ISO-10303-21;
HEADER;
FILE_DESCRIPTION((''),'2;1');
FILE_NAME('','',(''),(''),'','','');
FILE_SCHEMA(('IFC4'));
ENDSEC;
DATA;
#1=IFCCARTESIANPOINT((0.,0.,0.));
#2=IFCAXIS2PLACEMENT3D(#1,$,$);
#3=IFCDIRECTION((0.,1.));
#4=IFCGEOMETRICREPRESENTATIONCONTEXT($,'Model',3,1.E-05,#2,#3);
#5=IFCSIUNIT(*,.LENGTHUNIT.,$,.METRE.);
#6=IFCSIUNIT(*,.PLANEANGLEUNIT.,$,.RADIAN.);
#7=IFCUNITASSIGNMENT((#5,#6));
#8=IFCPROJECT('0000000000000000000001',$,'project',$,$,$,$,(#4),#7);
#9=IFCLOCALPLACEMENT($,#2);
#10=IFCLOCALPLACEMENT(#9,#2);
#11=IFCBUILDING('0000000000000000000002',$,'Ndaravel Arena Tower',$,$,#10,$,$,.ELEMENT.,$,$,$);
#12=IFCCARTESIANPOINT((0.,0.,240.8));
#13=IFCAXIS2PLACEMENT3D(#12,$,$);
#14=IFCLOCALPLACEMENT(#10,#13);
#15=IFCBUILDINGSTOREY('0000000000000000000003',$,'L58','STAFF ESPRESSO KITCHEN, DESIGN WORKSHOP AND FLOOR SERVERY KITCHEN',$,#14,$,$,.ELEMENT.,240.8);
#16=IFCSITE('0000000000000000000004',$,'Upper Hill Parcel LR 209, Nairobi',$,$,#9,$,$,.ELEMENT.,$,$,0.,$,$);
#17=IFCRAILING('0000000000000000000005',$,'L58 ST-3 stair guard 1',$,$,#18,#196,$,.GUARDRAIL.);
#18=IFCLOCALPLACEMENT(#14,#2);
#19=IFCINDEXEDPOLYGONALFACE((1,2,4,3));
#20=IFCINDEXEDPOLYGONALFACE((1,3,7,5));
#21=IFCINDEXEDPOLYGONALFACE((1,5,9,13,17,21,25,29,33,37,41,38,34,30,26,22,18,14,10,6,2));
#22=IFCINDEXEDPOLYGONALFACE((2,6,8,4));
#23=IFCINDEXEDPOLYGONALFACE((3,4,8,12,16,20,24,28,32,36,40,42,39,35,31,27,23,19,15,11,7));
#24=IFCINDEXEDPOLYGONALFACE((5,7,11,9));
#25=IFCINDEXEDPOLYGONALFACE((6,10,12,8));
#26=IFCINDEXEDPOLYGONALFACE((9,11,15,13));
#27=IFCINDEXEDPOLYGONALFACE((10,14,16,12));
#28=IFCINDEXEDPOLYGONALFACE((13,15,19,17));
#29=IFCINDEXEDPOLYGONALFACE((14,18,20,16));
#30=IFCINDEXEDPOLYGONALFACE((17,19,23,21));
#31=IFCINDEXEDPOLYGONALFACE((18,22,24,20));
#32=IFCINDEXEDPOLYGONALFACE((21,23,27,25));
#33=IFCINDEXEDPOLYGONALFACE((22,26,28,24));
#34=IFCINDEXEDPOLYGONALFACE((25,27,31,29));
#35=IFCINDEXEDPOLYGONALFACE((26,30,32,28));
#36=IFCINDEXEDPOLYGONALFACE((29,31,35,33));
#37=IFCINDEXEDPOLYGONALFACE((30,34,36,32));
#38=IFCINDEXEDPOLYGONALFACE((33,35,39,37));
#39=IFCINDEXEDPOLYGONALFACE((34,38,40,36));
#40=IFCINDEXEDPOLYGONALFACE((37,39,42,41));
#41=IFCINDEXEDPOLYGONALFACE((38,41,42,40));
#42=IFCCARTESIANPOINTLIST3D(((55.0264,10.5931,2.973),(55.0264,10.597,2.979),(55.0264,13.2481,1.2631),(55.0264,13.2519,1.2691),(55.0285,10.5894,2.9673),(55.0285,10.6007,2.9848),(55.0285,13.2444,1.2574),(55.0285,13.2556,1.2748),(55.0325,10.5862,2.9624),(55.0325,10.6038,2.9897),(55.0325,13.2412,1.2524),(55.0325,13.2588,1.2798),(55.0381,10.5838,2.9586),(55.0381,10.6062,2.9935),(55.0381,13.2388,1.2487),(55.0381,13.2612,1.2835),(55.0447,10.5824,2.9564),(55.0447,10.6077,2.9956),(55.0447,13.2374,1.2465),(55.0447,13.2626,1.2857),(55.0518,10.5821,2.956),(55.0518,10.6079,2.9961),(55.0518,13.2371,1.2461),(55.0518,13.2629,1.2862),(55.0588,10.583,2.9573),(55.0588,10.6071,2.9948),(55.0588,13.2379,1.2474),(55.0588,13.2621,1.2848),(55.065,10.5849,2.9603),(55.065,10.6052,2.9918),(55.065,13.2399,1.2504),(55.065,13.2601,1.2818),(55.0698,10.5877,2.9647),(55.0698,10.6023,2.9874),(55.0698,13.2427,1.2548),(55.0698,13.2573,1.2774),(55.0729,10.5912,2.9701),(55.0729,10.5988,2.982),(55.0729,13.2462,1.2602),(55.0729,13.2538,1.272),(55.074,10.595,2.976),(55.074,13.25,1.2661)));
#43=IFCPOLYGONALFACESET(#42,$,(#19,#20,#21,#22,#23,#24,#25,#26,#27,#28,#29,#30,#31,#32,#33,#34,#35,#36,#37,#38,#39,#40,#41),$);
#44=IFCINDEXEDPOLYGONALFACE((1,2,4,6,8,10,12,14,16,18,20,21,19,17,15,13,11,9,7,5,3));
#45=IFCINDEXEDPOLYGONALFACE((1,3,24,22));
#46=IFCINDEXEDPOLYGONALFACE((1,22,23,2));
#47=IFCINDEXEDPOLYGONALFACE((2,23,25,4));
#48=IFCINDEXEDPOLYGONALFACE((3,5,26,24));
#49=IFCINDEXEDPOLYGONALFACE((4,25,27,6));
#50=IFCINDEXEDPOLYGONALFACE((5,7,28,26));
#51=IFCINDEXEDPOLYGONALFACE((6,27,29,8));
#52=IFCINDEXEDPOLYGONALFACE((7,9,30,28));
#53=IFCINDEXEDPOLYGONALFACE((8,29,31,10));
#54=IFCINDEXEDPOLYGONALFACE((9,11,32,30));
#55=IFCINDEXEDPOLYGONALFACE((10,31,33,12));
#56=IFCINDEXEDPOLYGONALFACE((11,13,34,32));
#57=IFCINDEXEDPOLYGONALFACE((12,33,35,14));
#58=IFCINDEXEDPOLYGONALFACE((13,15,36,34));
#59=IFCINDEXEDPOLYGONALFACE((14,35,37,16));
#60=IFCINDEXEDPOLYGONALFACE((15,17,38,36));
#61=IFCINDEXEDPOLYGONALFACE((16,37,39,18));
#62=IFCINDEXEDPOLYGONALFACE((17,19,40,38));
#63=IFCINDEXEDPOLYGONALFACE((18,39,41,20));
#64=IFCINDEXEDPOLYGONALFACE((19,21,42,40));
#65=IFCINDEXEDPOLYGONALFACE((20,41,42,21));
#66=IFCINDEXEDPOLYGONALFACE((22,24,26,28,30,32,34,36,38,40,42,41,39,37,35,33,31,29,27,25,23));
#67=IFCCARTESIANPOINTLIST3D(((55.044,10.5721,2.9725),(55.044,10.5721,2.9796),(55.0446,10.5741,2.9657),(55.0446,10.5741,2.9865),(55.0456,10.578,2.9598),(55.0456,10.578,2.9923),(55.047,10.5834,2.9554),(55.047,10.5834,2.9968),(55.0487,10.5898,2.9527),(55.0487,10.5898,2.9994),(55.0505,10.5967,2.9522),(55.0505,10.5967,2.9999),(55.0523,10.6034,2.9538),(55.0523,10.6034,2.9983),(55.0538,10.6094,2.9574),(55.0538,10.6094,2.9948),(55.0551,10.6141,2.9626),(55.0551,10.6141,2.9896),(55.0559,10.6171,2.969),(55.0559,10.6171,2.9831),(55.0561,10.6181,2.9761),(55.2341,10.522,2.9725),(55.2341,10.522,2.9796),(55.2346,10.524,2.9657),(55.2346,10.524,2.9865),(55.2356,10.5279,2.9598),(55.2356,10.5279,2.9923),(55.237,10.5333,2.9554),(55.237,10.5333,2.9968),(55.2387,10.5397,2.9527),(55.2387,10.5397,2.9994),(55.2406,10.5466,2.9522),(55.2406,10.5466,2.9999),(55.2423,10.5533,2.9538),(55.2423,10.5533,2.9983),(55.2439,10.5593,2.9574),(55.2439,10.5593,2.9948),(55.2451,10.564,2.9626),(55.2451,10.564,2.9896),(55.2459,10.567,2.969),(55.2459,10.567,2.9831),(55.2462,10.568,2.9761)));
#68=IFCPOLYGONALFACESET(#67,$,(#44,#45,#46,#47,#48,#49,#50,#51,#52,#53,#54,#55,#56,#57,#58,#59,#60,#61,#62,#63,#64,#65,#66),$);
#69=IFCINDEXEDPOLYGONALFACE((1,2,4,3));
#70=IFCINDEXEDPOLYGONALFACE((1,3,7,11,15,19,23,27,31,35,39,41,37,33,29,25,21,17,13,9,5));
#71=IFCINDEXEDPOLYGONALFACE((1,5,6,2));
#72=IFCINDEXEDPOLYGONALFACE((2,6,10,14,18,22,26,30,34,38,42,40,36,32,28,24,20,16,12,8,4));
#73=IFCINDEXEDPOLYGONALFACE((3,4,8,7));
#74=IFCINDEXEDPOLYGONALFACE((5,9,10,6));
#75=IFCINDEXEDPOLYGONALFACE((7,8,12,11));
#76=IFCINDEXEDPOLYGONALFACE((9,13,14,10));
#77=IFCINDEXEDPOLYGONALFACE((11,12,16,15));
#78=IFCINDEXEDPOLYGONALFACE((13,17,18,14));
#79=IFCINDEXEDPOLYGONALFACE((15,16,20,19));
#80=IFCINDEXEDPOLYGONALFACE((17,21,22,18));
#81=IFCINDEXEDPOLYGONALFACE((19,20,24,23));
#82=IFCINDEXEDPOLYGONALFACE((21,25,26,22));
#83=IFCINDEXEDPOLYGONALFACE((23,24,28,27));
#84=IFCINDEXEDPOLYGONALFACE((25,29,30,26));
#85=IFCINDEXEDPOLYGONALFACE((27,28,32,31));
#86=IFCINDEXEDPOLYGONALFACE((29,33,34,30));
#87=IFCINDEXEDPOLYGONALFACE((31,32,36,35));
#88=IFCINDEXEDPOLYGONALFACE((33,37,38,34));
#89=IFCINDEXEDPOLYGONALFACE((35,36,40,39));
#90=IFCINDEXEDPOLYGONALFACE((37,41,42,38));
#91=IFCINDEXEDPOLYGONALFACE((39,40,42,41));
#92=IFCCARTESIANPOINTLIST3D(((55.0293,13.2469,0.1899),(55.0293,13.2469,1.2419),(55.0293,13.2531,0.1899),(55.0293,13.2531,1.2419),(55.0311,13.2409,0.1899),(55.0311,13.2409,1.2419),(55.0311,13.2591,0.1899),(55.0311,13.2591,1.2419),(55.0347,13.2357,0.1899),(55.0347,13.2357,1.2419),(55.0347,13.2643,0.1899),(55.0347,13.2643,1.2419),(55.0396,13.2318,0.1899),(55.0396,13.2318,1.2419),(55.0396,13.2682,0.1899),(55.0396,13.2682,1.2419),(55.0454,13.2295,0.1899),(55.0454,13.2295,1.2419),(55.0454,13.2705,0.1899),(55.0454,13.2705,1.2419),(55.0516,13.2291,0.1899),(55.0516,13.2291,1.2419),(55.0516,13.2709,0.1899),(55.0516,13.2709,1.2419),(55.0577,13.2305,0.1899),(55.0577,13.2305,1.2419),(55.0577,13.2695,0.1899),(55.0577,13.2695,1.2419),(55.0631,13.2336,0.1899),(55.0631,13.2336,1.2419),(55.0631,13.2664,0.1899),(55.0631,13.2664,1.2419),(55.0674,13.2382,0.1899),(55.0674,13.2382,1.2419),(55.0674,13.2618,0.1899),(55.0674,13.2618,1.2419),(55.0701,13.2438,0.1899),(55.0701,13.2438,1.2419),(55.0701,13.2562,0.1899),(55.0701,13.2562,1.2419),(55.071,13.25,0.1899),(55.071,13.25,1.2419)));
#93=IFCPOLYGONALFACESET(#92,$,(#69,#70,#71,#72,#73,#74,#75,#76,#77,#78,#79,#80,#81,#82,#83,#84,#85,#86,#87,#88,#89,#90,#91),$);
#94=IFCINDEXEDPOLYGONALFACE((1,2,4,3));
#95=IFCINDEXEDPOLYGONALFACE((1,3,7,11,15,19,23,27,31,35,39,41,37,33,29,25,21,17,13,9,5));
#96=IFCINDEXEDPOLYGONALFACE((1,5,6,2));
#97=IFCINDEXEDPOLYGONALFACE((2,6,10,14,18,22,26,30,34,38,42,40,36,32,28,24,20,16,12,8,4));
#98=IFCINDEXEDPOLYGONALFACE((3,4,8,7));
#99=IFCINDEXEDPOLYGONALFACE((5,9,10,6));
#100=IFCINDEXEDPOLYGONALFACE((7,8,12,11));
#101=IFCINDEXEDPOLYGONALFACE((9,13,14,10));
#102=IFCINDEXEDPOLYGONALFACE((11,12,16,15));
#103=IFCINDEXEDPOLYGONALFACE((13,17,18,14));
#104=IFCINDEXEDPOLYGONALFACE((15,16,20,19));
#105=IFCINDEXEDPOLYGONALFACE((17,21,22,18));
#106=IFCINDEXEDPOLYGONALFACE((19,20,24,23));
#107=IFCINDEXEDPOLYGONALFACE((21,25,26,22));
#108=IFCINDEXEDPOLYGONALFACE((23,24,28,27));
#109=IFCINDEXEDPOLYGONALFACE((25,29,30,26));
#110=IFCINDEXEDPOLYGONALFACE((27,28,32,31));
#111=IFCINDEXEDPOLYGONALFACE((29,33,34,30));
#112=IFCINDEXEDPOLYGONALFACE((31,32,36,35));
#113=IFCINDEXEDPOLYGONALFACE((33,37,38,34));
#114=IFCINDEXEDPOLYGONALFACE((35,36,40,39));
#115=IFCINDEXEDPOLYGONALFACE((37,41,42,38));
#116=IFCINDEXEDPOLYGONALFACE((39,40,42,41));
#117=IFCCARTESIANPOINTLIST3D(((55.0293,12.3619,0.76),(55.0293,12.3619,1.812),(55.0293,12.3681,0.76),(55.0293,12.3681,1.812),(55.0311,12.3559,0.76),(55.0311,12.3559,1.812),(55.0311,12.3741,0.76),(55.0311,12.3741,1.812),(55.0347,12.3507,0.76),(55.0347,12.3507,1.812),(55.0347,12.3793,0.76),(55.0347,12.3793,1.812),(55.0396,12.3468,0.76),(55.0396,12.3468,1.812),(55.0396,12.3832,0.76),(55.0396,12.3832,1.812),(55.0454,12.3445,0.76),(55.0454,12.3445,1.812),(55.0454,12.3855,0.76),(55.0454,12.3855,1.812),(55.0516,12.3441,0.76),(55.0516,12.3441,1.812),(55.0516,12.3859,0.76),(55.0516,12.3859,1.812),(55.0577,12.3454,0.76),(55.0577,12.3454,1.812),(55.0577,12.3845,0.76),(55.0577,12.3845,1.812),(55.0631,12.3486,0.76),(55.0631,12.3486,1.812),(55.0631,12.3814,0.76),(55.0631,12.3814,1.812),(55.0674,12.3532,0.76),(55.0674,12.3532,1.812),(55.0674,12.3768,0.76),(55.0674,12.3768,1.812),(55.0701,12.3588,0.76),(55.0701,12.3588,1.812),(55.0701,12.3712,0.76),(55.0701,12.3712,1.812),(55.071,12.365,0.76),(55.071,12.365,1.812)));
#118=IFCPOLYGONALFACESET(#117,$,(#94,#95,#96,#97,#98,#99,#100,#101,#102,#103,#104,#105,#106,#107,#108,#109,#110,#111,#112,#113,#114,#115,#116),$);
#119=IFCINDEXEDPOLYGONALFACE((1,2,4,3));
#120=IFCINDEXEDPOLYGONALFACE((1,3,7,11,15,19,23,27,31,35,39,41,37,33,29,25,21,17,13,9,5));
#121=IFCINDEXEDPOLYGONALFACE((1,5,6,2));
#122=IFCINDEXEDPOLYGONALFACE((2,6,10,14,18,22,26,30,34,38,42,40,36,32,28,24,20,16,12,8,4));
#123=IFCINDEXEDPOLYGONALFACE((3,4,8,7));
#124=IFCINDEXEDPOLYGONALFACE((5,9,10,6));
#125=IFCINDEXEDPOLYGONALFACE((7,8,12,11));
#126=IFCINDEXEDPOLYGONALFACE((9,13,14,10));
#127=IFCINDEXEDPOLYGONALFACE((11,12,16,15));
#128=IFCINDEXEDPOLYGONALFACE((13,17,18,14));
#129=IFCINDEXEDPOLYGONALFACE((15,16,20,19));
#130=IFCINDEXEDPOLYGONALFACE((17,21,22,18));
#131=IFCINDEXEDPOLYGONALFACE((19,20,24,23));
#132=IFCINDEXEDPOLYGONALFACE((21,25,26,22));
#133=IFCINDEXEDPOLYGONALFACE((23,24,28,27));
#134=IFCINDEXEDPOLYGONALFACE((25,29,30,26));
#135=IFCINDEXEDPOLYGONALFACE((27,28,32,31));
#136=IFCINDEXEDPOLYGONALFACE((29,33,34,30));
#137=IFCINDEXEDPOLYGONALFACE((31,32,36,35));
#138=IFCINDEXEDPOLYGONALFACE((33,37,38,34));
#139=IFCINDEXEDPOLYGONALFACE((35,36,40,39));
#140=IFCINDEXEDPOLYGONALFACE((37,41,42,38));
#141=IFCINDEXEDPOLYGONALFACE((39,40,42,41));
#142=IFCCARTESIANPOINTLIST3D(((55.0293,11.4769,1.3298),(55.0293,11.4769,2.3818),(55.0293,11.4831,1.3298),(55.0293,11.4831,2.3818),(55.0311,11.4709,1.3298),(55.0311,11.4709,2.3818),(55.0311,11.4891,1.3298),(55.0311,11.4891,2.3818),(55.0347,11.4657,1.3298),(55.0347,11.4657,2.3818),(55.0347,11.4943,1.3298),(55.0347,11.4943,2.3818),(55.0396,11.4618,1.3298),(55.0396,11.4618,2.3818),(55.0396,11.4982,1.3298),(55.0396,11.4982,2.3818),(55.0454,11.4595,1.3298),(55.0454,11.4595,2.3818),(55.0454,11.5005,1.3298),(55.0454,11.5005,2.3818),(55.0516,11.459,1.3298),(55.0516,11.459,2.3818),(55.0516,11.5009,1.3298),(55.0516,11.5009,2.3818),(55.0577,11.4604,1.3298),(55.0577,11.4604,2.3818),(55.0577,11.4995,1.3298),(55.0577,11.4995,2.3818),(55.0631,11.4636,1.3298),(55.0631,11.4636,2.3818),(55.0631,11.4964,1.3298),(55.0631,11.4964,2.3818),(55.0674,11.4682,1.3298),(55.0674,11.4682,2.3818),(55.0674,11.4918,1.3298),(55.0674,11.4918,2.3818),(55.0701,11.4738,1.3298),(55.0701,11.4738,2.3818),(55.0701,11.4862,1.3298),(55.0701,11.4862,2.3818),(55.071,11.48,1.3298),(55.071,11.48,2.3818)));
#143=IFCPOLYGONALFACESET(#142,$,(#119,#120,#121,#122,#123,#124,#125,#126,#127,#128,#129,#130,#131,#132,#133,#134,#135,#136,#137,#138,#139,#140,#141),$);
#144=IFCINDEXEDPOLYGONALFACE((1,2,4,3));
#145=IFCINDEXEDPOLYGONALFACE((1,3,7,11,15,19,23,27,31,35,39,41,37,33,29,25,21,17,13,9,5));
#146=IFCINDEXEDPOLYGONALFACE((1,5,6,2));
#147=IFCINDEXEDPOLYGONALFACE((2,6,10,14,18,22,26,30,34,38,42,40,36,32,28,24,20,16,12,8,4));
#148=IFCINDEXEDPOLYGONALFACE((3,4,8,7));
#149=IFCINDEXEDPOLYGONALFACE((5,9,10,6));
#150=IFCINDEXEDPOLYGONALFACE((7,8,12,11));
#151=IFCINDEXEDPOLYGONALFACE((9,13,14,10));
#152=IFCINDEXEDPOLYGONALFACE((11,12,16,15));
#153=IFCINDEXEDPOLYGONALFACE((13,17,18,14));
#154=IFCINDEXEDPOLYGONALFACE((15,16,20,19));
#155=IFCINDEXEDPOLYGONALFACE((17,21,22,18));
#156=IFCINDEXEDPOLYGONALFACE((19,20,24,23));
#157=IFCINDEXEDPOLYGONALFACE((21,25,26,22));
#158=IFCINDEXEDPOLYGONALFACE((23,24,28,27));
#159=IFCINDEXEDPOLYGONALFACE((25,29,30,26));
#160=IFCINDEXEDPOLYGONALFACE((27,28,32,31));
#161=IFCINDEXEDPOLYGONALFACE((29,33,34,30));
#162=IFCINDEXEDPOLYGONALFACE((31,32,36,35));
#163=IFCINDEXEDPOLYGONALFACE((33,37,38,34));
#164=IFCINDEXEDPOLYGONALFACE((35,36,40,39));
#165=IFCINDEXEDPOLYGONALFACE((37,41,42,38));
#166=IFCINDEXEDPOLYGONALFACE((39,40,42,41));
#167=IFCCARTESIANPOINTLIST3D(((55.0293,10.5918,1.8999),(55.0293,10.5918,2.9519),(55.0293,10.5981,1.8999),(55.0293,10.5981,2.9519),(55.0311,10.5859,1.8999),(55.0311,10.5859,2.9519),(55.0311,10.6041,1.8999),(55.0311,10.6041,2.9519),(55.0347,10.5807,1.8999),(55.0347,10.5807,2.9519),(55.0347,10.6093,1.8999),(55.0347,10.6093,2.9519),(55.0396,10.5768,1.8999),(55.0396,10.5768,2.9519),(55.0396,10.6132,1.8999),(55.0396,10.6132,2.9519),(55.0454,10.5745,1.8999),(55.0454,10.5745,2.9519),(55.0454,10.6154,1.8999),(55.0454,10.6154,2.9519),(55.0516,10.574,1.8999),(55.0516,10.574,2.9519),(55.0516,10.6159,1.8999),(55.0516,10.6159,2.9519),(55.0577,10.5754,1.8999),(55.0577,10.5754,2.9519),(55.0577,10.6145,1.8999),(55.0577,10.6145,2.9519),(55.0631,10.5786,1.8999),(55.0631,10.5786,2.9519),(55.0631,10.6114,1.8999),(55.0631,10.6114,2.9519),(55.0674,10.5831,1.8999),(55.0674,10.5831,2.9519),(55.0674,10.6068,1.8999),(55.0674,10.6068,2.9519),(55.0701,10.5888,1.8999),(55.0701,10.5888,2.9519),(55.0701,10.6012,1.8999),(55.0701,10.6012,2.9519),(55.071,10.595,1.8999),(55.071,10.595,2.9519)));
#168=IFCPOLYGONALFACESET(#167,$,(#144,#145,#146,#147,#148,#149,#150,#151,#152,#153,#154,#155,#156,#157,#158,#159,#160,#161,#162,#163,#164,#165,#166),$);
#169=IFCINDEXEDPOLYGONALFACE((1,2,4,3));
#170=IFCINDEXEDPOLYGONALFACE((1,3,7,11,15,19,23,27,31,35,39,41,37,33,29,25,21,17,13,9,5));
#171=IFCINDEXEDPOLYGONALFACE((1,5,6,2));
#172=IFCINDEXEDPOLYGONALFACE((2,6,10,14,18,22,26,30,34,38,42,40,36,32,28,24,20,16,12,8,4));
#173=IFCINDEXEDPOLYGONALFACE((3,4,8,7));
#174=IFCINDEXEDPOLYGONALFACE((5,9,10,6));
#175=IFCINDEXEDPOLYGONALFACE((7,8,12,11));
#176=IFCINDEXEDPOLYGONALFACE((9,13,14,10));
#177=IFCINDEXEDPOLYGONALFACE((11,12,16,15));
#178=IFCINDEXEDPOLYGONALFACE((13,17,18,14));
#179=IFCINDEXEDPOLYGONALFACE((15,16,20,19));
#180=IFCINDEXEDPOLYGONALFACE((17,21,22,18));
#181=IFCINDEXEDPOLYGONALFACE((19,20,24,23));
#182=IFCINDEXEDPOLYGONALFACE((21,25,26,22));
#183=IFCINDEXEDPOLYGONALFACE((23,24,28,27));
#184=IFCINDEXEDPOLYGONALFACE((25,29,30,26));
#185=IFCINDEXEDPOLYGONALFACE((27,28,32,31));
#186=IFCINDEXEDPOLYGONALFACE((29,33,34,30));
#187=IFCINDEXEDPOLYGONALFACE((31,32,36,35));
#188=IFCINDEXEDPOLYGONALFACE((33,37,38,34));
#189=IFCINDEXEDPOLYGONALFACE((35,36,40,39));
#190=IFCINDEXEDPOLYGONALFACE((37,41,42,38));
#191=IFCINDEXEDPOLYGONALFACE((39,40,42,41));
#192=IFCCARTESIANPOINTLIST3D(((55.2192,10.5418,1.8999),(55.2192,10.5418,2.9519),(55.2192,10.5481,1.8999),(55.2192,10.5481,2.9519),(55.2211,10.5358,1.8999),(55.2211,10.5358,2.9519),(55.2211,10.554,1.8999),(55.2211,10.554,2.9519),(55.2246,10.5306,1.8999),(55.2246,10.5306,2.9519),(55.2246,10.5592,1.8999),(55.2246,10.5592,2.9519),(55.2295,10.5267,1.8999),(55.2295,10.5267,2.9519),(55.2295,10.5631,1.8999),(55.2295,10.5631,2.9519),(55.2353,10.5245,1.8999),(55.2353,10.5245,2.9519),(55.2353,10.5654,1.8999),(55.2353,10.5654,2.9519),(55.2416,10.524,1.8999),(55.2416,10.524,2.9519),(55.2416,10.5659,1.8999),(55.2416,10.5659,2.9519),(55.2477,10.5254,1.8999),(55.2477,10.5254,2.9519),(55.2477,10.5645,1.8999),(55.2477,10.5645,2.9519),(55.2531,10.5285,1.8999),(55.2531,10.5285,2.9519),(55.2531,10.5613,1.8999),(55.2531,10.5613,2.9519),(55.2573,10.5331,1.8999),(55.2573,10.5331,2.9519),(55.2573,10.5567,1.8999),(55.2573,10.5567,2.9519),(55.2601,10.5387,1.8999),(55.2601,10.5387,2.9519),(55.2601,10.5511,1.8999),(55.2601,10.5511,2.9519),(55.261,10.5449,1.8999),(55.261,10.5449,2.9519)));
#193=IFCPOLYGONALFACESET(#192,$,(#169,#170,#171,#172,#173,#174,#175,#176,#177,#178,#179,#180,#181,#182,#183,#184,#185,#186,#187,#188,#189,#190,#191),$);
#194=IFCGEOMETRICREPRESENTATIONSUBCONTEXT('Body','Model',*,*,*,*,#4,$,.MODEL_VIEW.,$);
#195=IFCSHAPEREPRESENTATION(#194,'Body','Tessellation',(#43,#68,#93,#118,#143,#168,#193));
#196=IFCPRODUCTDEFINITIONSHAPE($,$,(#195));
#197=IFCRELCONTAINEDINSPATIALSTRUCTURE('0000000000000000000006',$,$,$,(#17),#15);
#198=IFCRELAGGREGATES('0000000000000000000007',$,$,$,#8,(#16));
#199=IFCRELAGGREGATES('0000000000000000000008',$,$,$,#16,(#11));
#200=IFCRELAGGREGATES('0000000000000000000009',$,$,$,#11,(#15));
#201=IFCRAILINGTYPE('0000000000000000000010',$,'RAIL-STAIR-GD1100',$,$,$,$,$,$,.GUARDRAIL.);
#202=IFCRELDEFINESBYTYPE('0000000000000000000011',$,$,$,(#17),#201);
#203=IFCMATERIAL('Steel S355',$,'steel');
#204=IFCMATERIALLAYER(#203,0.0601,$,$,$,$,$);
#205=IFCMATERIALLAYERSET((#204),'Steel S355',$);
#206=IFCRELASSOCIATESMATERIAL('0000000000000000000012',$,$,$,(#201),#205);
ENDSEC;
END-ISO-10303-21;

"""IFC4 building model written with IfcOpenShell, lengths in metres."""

from ifc_helpers import new_model, si_unit, direction, frame, origin, origin_2d, place, context, subcontext, project, spatial, circle, extrude, material, layer, layer_set, type_object, element, save


model = new_model("IFC4")

# Units and contexts
model_context = context("Model", 3, precision=1e-05, world=origin(), true_north=direction((0.0, 1.0)))
body_context = subcontext(model_context, "Body", "Model", "MODEL_VIEW")
ifc_project = project(units=[si_unit("LENGTHUNIT", "METRE"), si_unit("PLANEANGLEUNIT", "RADIAN")], contexts=[model_context])

# Site, building, storey
site_placement = place(None, origin())
site = spatial("IfcSite", under=ifc_project, at=site_placement, Name="Upper Hill Parcel LR 209, Nairobi", CompositionType="ELEMENT", RefElevation=0.0)
building_placement = place(site_placement, origin())
building = spatial("IfcBuilding", under=site, at=building_placement, Name="Ndaravel Arena Tower", CompositionType="ELEMENT")
storey_placement = place(building_placement, frame((0.0, 0.0, 240.8)))
storey = spatial("IfcBuildingStorey", under=building, at=storey_placement, Name="L58", Description="STAFF ESPRESSO KITCHEN, DESIGN WORKSHOP AND FLOOR SERVERY KITCHEN", CompositionType="ELEMENT", Elevation=240.8)

# Railing
ifc_material_1 = material(Name="Steel S355", Category="steel")
ifc_layer_1 = layer(ifc_material_1, 0.0601)
ifc_layer_set_1 = layer_set([ifc_layer_1], Name="Steel S355")
railing_type = type_object("IfcRailingType", Name="RAIL-STAIR-GD1100", PredefinedType="GUARDRAIL", material=ifc_layer_set_1)
railing_1_placement = place(storey_placement, frame((55.05, 13.25, 0.1899)))
element("IfcRailing", 1, at=railing_1_placement, inside=storey, type_object=railing_type, Name="L58 ST-3 stair guard 1", PredefinedType="GUARDRAIL", context=body_context, shape_type="SweptSolid", body=[
    extrude(circle(Radius=0.0239, at=origin_2d()), frame((0.0, 0.0, 1.0762), z_axis=(0.0, -0.840724, 0.541465), x_axis=(1.0, 0.0, 0.0)), (0.0, 0.0, 1.0), 3.158),
    extrude(circle(Radius=0.0239, at=origin_2d()), frame((0.0, -2.655, 2.7861), z_axis=(0.966994, -0.254799, 0.0), x_axis=(0.254799, 0.966994, 0.0)), (0.0, 0.0, 1.0), 0.1965),
    extrude(circle(Radius=0.021, at=origin_2d()), origin(), (0.0, 0.0, 1.0), 1.052),
    extrude(circle(Radius=0.021, at=origin_2d()), frame((0.0, -0.885, 0.5701)), (0.0, 0.0, 1.0), 1.052),
    extrude(circle(Radius=0.021, at=origin_2d()), frame((0.0, -1.77, 1.1399)), (0.0, 0.0, 1.0), 1.052),
    extrude(circle(Radius=0.021, at=origin_2d()), frame((0.0, -2.655, 1.71)), (0.0, 0.0, 1.0), 1.052),
    extrude(circle(Radius=0.021, at=origin_2d()), frame((0.1899, -2.7051, 1.71)), (0.0, 0.0, 1.0), 1.052),
])

save(model, "model.ifc")
